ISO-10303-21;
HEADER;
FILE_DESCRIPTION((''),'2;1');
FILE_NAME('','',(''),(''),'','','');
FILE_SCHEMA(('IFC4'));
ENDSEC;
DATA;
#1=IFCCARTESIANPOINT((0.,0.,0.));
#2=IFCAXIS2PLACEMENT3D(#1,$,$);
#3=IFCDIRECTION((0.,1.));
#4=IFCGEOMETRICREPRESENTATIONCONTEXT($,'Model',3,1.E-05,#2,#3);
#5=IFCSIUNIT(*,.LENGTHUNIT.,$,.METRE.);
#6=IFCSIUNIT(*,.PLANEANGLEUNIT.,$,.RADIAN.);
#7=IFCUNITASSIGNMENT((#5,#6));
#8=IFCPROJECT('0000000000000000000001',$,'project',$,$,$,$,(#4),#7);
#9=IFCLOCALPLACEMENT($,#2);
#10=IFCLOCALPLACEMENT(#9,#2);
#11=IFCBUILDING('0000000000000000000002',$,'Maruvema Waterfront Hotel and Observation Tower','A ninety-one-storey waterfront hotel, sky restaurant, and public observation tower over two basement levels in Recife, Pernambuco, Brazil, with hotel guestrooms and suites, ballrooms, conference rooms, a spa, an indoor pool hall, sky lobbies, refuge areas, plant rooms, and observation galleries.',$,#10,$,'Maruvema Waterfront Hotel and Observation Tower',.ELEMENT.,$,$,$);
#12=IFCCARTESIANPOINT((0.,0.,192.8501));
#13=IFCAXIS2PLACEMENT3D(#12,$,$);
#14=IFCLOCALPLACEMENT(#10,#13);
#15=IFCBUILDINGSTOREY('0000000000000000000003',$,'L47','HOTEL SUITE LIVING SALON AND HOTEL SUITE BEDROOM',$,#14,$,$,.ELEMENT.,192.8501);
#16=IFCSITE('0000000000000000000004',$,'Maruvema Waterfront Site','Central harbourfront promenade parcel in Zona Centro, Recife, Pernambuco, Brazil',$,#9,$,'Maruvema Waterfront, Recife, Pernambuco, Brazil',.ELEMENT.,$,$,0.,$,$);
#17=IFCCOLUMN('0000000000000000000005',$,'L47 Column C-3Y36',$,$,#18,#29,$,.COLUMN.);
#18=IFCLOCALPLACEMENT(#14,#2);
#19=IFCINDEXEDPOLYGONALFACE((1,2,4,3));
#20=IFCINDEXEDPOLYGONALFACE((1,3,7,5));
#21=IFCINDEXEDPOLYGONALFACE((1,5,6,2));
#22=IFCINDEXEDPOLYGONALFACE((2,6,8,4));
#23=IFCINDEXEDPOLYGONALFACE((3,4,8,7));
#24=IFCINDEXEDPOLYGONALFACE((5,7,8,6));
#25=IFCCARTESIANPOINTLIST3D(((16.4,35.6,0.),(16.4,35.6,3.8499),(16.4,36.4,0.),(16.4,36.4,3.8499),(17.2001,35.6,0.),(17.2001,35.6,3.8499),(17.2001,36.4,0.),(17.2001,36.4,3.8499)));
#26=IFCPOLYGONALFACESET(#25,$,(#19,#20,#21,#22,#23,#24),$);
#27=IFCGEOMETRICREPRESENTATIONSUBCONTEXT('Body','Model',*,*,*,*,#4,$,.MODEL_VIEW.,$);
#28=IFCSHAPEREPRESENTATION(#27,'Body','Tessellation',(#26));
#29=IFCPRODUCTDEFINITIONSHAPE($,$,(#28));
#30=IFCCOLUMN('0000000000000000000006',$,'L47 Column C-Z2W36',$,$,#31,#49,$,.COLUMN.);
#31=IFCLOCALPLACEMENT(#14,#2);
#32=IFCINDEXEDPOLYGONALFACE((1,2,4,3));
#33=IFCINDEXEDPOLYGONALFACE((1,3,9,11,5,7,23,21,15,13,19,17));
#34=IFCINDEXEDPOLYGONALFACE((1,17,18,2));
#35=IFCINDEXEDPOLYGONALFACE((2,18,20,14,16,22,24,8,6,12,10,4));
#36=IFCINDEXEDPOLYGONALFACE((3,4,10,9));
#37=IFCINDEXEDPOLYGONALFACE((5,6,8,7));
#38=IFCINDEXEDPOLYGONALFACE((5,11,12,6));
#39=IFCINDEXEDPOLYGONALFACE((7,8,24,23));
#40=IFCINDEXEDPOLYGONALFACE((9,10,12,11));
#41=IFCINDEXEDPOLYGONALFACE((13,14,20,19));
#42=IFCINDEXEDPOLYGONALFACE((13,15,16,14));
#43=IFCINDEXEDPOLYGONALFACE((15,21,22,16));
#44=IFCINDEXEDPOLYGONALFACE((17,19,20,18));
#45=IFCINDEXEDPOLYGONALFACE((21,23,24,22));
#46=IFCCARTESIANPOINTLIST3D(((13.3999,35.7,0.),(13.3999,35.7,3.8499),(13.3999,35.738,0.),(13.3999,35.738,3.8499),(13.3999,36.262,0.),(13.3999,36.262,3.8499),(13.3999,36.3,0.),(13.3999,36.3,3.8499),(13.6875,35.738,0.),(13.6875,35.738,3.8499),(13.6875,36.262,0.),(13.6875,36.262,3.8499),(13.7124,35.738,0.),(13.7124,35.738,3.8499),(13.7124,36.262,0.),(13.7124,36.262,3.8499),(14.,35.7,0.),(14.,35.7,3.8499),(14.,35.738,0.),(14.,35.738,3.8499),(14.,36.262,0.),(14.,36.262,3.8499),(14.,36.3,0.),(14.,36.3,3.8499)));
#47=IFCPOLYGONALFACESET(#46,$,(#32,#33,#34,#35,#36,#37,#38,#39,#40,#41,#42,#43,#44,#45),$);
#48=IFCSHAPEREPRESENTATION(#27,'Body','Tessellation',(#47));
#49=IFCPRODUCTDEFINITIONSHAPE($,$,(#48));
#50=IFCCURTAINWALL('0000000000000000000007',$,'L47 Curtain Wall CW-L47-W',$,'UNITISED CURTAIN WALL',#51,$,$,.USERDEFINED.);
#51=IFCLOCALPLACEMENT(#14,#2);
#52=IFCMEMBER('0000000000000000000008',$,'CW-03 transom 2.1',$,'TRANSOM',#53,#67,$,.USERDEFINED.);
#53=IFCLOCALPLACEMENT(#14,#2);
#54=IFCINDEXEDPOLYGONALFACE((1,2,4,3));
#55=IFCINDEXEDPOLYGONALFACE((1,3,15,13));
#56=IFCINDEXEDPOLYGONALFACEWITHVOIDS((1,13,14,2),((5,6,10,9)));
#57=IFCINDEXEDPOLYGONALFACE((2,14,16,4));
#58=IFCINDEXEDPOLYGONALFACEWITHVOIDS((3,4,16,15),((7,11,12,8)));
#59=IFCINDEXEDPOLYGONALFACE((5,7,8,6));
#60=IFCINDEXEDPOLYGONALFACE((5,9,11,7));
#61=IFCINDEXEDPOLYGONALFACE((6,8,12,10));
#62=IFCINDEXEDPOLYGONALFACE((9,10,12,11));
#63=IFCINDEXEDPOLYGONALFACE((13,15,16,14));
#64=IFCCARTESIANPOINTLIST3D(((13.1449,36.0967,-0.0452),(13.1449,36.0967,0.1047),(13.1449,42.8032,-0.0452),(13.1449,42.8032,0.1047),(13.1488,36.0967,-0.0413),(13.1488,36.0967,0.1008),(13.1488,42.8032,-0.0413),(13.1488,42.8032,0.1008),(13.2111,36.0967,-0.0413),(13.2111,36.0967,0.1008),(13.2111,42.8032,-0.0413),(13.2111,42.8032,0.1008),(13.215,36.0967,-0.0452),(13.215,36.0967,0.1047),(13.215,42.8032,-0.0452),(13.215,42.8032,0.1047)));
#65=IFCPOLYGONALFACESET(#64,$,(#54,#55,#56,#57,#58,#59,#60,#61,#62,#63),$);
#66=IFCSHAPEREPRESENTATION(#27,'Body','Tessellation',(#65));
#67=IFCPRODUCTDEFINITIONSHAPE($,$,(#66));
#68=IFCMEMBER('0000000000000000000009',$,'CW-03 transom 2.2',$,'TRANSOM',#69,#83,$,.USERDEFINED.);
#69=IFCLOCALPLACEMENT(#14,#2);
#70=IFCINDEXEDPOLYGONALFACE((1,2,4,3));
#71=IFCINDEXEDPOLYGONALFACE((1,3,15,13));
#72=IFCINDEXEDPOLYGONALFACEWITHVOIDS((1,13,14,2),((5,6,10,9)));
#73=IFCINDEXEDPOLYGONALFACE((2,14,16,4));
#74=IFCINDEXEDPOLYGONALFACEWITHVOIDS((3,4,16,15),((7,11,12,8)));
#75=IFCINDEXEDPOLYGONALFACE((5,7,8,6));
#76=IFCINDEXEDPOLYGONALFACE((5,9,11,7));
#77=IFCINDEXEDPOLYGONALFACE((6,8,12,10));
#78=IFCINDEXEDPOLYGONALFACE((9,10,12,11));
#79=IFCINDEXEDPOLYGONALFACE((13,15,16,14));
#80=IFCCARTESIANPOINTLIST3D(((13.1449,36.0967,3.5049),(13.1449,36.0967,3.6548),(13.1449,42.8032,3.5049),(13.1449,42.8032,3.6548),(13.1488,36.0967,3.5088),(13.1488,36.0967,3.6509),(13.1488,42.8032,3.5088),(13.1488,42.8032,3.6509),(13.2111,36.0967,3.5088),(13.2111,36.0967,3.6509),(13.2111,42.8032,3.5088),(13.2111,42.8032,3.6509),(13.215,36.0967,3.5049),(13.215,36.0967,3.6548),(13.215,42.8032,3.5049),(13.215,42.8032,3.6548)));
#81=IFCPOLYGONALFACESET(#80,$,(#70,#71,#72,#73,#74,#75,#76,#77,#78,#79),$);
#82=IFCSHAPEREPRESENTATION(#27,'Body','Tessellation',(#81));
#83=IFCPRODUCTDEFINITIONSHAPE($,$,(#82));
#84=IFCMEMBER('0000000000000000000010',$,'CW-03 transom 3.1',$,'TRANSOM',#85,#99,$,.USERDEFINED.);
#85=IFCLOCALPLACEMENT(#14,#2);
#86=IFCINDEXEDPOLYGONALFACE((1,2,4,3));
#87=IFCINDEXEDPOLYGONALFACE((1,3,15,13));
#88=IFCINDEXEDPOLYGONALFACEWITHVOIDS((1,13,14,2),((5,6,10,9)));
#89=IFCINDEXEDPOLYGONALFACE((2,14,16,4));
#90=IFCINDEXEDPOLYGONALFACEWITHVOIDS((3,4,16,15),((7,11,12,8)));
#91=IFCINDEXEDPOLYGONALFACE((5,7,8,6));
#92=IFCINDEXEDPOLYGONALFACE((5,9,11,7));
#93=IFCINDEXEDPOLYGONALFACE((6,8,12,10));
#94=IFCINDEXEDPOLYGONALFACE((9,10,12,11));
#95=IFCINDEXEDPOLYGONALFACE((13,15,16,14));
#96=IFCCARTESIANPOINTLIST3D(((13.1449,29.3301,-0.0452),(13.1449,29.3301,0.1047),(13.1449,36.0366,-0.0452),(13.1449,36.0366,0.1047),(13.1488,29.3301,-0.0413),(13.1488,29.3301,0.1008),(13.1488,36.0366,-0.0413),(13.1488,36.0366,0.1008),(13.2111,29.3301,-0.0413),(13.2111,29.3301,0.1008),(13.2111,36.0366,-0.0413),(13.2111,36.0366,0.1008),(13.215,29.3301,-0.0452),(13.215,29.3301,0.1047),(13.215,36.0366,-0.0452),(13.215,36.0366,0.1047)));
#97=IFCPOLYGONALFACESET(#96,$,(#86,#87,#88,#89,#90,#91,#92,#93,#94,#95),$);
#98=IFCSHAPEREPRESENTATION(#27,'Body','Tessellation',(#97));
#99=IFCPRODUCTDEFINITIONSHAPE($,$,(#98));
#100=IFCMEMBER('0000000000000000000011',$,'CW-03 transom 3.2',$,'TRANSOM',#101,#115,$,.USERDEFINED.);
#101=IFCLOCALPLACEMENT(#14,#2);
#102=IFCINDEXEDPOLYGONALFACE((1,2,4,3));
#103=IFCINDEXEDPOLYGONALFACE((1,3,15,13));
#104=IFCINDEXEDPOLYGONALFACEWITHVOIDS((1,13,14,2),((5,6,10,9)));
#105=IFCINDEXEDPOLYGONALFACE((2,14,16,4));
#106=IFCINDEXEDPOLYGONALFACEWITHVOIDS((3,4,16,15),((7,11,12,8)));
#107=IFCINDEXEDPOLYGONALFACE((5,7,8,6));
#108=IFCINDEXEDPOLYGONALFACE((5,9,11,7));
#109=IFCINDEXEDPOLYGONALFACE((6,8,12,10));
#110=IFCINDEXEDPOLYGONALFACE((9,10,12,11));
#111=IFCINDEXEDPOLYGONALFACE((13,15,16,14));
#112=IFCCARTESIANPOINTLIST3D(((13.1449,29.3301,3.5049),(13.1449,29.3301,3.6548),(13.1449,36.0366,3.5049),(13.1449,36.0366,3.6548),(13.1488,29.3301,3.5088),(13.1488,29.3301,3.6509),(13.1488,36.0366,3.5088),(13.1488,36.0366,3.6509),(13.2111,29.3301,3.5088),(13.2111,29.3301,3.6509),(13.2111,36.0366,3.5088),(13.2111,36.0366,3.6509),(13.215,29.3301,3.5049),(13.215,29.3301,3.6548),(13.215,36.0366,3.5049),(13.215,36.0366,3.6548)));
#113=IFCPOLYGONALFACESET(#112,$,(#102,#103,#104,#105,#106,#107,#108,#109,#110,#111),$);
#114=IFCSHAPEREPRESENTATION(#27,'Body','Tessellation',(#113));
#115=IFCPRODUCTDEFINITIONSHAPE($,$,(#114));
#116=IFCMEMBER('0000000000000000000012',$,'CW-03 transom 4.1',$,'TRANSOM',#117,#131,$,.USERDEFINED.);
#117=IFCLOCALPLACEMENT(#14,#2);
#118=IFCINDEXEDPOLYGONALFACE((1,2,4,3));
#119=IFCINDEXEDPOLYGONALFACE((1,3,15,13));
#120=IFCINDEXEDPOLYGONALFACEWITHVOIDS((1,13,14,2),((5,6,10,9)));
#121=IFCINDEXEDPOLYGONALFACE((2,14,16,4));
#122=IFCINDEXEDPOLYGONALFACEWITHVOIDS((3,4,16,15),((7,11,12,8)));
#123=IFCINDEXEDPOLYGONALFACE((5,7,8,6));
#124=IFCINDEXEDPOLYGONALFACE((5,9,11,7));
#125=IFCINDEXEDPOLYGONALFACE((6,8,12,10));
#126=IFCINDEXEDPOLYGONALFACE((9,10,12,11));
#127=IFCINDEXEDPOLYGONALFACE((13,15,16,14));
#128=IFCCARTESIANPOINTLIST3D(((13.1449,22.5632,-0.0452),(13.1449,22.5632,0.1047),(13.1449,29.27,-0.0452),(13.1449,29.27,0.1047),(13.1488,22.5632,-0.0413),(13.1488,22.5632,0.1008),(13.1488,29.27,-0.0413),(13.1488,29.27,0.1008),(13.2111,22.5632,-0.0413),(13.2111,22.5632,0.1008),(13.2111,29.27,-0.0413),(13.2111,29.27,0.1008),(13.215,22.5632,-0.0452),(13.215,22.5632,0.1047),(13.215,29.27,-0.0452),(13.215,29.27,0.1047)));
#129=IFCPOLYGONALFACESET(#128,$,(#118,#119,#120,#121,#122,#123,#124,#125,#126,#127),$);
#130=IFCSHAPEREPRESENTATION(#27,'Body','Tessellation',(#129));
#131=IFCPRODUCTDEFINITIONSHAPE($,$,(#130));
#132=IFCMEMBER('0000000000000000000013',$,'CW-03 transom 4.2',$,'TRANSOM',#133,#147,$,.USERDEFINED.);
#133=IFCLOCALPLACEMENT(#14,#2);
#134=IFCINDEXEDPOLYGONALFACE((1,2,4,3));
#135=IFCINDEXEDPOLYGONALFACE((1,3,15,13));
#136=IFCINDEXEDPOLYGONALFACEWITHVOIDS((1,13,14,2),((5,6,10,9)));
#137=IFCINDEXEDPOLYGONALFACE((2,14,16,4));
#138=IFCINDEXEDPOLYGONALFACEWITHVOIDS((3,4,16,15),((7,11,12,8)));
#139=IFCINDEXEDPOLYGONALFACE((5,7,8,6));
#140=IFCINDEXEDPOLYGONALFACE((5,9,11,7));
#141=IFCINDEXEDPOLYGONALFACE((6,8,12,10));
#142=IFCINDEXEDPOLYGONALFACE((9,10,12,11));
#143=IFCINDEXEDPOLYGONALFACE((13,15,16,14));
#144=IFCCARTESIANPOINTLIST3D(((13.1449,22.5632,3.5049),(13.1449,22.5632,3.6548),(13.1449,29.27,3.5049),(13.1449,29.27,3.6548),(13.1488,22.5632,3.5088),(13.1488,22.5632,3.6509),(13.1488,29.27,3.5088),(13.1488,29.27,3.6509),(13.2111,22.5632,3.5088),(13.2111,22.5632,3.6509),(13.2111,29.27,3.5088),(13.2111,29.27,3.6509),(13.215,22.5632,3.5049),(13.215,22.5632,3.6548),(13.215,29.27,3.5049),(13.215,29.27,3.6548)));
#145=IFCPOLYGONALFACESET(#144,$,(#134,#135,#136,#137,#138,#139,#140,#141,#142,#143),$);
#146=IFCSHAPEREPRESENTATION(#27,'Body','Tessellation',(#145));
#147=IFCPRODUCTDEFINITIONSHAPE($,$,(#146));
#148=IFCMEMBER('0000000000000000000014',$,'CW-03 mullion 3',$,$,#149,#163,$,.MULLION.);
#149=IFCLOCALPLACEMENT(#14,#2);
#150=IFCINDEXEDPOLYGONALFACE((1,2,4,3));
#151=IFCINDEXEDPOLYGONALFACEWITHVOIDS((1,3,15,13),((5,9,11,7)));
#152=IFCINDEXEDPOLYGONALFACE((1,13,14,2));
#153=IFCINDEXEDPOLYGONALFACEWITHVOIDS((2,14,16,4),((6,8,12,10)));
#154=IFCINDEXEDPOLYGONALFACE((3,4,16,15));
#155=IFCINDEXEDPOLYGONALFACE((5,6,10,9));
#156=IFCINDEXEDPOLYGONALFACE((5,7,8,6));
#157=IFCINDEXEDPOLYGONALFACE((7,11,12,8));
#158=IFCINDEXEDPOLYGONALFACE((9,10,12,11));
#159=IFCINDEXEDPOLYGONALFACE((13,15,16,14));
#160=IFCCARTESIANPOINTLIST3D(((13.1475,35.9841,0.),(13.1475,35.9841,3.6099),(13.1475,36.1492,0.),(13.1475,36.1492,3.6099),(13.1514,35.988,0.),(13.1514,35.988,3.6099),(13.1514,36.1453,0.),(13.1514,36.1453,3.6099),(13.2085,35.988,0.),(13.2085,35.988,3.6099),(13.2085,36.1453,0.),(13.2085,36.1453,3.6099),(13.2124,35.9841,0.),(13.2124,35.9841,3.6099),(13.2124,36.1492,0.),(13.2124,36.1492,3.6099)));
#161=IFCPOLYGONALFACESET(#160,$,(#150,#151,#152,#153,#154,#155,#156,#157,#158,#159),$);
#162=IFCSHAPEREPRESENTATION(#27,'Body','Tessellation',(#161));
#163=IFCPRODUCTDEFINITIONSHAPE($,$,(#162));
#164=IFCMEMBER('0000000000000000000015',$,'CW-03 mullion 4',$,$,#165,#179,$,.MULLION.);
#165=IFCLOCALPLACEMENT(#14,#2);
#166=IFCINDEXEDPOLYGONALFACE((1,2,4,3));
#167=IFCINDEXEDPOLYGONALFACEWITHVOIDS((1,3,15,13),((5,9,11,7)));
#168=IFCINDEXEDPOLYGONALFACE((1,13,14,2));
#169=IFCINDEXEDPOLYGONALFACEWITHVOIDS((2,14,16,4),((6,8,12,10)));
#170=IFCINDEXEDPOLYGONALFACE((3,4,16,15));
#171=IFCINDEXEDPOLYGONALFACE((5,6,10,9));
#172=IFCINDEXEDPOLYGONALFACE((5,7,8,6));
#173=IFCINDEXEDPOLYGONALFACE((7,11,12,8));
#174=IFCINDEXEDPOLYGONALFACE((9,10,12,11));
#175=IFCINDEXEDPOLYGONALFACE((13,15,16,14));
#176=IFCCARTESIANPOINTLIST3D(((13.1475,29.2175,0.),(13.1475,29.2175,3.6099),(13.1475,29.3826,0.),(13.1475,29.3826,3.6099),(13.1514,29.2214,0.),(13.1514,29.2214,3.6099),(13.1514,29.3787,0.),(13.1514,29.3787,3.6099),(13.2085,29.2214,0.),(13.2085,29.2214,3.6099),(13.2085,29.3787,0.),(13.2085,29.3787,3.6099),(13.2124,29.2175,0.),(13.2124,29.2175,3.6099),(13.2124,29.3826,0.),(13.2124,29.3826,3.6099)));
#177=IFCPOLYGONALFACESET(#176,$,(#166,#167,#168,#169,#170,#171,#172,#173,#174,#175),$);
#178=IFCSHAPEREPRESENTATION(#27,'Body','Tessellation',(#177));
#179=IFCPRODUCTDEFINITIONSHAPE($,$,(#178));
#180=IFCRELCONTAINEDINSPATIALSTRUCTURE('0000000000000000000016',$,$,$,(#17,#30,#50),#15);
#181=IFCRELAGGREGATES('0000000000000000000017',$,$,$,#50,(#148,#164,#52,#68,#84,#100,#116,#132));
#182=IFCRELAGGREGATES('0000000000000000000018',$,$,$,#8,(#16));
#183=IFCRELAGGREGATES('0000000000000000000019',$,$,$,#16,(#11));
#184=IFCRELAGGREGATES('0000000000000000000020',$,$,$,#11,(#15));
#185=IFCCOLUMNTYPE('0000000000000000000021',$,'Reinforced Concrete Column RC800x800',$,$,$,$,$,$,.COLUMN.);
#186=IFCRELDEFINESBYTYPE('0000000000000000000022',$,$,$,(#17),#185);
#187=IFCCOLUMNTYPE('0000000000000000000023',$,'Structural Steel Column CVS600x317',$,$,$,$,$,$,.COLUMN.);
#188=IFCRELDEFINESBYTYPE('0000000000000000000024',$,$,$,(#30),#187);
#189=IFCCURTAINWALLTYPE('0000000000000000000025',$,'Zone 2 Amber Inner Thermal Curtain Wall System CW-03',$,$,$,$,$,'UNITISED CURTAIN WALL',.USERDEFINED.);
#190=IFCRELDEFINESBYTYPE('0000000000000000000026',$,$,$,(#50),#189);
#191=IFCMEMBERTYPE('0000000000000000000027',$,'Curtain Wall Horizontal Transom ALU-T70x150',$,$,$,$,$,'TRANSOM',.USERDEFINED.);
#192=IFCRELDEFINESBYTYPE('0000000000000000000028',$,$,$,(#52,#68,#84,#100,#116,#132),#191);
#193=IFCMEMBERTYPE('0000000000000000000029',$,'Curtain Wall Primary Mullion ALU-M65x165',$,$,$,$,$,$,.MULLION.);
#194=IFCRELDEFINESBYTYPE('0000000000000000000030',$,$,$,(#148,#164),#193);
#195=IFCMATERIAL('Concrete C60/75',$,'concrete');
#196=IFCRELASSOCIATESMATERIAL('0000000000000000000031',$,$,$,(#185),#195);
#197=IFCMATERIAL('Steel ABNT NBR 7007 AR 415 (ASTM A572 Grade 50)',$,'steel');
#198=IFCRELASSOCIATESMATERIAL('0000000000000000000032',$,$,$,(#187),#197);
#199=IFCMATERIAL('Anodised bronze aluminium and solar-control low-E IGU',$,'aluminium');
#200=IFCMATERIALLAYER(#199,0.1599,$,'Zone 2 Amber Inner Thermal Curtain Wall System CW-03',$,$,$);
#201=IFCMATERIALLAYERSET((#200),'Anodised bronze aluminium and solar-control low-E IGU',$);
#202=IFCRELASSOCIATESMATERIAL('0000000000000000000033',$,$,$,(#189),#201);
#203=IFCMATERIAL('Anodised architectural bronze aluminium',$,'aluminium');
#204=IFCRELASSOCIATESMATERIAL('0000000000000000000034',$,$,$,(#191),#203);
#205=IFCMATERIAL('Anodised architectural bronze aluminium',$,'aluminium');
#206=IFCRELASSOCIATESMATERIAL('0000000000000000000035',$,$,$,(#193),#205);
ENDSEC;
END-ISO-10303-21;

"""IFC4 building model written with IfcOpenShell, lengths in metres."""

from ifc_helpers import new_model, si_unit, direction, frame, origin, origin_2d, place, context, subcontext, project, spatial, rectangle, hollow_rectangle, i_section, extrude, material, layer, layer_set, material_profile, profile_set, type_object, element, aggregate, save


model = new_model("IFC4")

# Units and contexts
model_context = context("Model", 3, precision=1e-05, world=origin(), true_north=direction((0.0, 1.0)))
body_context = subcontext(model_context, "Body", "Model", "MODEL_VIEW")
ifc_project = project(units=[si_unit("LENGTHUNIT", "METRE"), si_unit("PLANEANGLEUNIT", "RADIAN")], contexts=[model_context])

# Site, building, storey
site_placement = place(None, origin())
site = spatial("IfcSite", under=ifc_project, at=site_placement, Name="Maruvema Waterfront Site", Description="Central harbourfront promenade parcel in Zona Centro, Recife, Pernambuco, Brazil", LongName="Maruvema Waterfront, Recife, Pernambuco, Brazil", CompositionType="ELEMENT", RefElevation=0.0)
building_placement = place(site_placement, origin())
building = spatial("IfcBuilding", under=site, at=building_placement, Name="Maruvema Waterfront Hotel and Observation Tower", Description="A ninety-one-storey waterfront hotel, sky restaurant, and public observation tower over two basement levels in Recife, Pernambuco, Brazil, with hotel guestrooms and suites, ballrooms, conference rooms, a spa, an indoor pool hall, sky lobbies, refuge areas, plant rooms, and observation galleries.", LongName="Maruvema Waterfront Hotel and Observation Tower", CompositionType="ELEMENT")
storey_placement = place(building_placement, frame((0.0, 0.0, 192.8501)))
storey = spatial("IfcBuildingStorey", under=building, at=storey_placement, Name="L47", Description="HOTEL SUITE LIVING SALON AND HOTEL SUITE BEDROOM", CompositionType="ELEMENT", Elevation=192.8501)

# Columns
ifc_material_1 = material(Name="Concrete C60/75", Category="concrete")
ifc_material_profile_1 = material_profile(ifc_material_1, rectangle(XDim=0.8, YDim=0.8, at=origin_2d()), Name="RC800x800")
ifc_profile_set_1 = profile_set([ifc_material_profile_1], Name="Concrete C60/75")
column_type_1 = type_object("IfcColumnType", Name="Reinforced Concrete Column RC800x800", PredefinedType="COLUMN", material=ifc_profile_set_1)
column_1_placement = place(storey_placement, frame((16.8, 36.0, 0.0), z_axis=(0.0, 0.0, 1.0), x_axis=(1.0, 0.0, 0.0)))
element("IfcColumn", 1, at=column_1_placement, inside=storey, type_object=column_type_1, Name="L47 Column C-3Y36", PredefinedType="COLUMN", context=body_context, shape_type="SweptSolid", body=[
    extrude(rectangle(XDim=0.8, YDim=0.8, at=origin_2d()), origin(), (0.0, 0.0, 1.0), 3.8499),
])
ifc_material_2 = material(Name="Steel ABNT NBR 7007 AR 415 (ASTM A572 Grade 50)", Category="steel")
ifc_material_profile_2 = material_profile(ifc_material_2, i_section(OverallWidth=0.6001, OverallDepth=0.6001, WebThickness=0.0249, FlangeThickness=0.0381, at=origin_2d()), Name="CVS600x317")
ifc_profile_set_2 = profile_set([ifc_material_profile_2], Name="Steel ABNT NBR 7007 AR 415 (ASTM A572 Grade 50)")
column_type_2 = type_object("IfcColumnType", Name="Structural Steel Column CVS600x317", PredefinedType="COLUMN", material=ifc_profile_set_2)
column_2_placement = place(storey_placement, frame((13.7, 36.0, 0.0), z_axis=(0.0, 0.0, 1.0), x_axis=(1.0, 0.0, 0.0)))
element("IfcColumn", 2, at=column_2_placement, inside=storey, type_object=column_type_2, Name="L47 Column C-Z2W36", PredefinedType="COLUMN", context=body_context, shape_type="SweptSolid", body=[
    extrude(i_section(OverallWidth=0.6001, OverallDepth=0.6001, WebThickness=0.0249, FlangeThickness=0.0381, at=origin_2d()), origin(), (0.0, 0.0, 1.0), 3.8499),
])

# Curtain wall, members
ifc_material_3 = material(Name="Anodised bronze aluminium and solar-control low-E IGU", Category="aluminium")
ifc_layer_1 = layer(ifc_material_3, 0.1599, Name="Zone 2 Amber Inner Thermal Curtain Wall System CW-03")
ifc_layer_set_1 = layer_set([ifc_layer_1], Name="Anodised bronze aluminium and solar-control low-E IGU")
curtain_wall_type = type_object("IfcCurtainWallType", Name="Zone 2 Amber Inner Thermal Curtain Wall System CW-03", ElementType="UNITISED CURTAIN WALL", PredefinedType="USERDEFINED", material=ifc_layer_set_1)
curtain_wall_placement = place(storey_placement, origin())
curtain_wall = element("IfcCurtainWall", 3, at=curtain_wall_placement, inside=storey, type_object=curtain_wall_type, Name="L47 Curtain Wall CW-L47-W", ObjectType="UNITISED CURTAIN WALL", PredefinedType="USERDEFINED")
ifc_material_4 = material(Name="Anodised architectural bronze aluminium", Category="aluminium")
ifc_material_profile_3 = material_profile(ifc_material_4, hollow_rectangle(XDim=0.0701, YDim=0.1499, WallThickness=0.0039, at=origin_2d()), Name="ALU-T70x150")
ifc_profile_set_3 = profile_set([ifc_material_profile_3], Name="Anodised architectural bronze aluminium")
member_type_1 = type_object("IfcMemberType", Name="Curtain Wall Horizontal Transom ALU-T70x150", ElementType="TRANSOM", PredefinedType="USERDEFINED", material=ifc_profile_set_3)
member_1_placement = place(storey_placement, frame((13.1799, 42.8032, 0.0298), z_axis=(0.0, -1.0, 0.0), x_axis=(1.0, 0.0, 0.0)))
member_1 = element("IfcMember", 4, at=member_1_placement, type_object=member_type_1, Name="CW-03 transom 2.1", ObjectType="TRANSOM", PredefinedType="USERDEFINED", context=body_context, shape_type="SweptSolid", body=[
    extrude(hollow_rectangle(XDim=0.0701, YDim=0.1499, WallThickness=0.0039, at=origin_2d()), origin(), (0.0, 0.0, 1.0), 6.7065),
])
member_2_placement = place(storey_placement, frame((13.1799, 42.8032, 3.5798), z_axis=(0.0, -1.0, 0.0), x_axis=(1.0, 0.0, 0.0)))
member_2 = element("IfcMember", 5, at=member_2_placement, type_object=member_type_1, Name="CW-03 transom 2.2", ObjectType="TRANSOM", PredefinedType="USERDEFINED", context=body_context, shape_type="SweptSolid", body=[
    extrude(hollow_rectangle(XDim=0.0701, YDim=0.1499, WallThickness=0.0039, at=origin_2d()), origin(), (0.0, 0.0, 1.0), 6.7065),
])
member_3_placement = place(storey_placement, frame((13.1799, 36.0366, 0.0298), z_axis=(0.0, -1.0, 0.0), x_axis=(1.0, 0.0, 0.0)))
member_3 = element("IfcMember", 6, at=member_3_placement, type_object=member_type_1, Name="CW-03 transom 3.1", ObjectType="TRANSOM", PredefinedType="USERDEFINED", context=body_context, shape_type="SweptSolid", body=[
    extrude(hollow_rectangle(XDim=0.0701, YDim=0.1499, WallThickness=0.0039, at=origin_2d()), origin(), (0.0, 0.0, 1.0), 6.7065),
])
member_4_placement = place(storey_placement, frame((13.1799, 36.0366, 3.5798), z_axis=(0.0, -1.0, 0.0), x_axis=(1.0, 0.0, 0.0)))
member_4 = element("IfcMember", 7, at=member_4_placement, type_object=member_type_1, Name="CW-03 transom 3.2", ObjectType="TRANSOM", PredefinedType="USERDEFINED", context=body_context, shape_type="SweptSolid", body=[
    extrude(hollow_rectangle(XDim=0.0701, YDim=0.1499, WallThickness=0.0039, at=origin_2d()), origin(), (0.0, 0.0, 1.0), 6.7065),
])
member_5_placement = place(storey_placement, frame((13.1799, 29.27, 0.0298), z_axis=(0.0, -1.0, 0.0), x_axis=(1.0, 0.0, 0.0)))
member_5 = element("IfcMember", 8, at=member_5_placement, type_object=member_type_1, Name="CW-03 transom 4.1", ObjectType="TRANSOM", PredefinedType="USERDEFINED", context=body_context, shape_type="SweptSolid", body=[
    extrude(hollow_rectangle(XDim=0.0701, YDim=0.1499, WallThickness=0.0039, at=origin_2d()), origin(), (0.0, 0.0, 1.0), 6.7068),
])
member_6_placement = place(storey_placement, frame((13.1799, 29.27, 3.5798), z_axis=(0.0, -1.0, 0.0), x_axis=(1.0, 0.0, 0.0)))
member_6 = element("IfcMember", 9, at=member_6_placement, type_object=member_type_1, Name="CW-03 transom 4.2", ObjectType="TRANSOM", PredefinedType="USERDEFINED", context=body_context, shape_type="SweptSolid", body=[
    extrude(hollow_rectangle(XDim=0.0701, YDim=0.1499, WallThickness=0.0039, at=origin_2d()), origin(), (0.0, 0.0, 1.0), 6.7068),
])
ifc_material_5 = material(Name="Anodised architectural bronze aluminium", Category="aluminium")
ifc_material_profile_4 = material_profile(ifc_material_5, hollow_rectangle(XDim=0.0649, YDim=0.165, WallThickness=0.0039, at=origin_2d()), Name="ALU-M65x165")
ifc_profile_set_4 = profile_set([ifc_material_profile_4], Name="Anodised architectural bronze aluminium")
member_type_2 = type_object("IfcMemberType", Name="Curtain Wall Primary Mullion ALU-M65x165", PredefinedType="MULLION", material=ifc_profile_set_4)
member_7_placement = place(storey_placement, frame((13.1799, 36.0667, 0.0), z_axis=(0.0, 0.0, 1.0), x_axis=(1.0, 0.0, 0.0)))
member_7 = element("IfcMember", 10, at=member_7_placement, type_object=member_type_2, Name="CW-03 mullion 3", PredefinedType="MULLION", context=body_context, shape_type="SweptSolid", body=[
    extrude(hollow_rectangle(XDim=0.0649, YDim=0.165, WallThickness=0.0039, at=origin_2d()), origin(), (0.0, 0.0, 1.0), 3.6099),
])
member_8_placement = place(storey_placement, frame((13.1799, 29.3, 0.0), z_axis=(0.0, 0.0, 1.0), x_axis=(1.0, 0.0, 0.0)))
member_8 = element("IfcMember", 11, at=member_8_placement, type_object=member_type_2, Name="CW-03 mullion 4", PredefinedType="MULLION", context=body_context, shape_type="SweptSolid", body=[
    extrude(hollow_rectangle(XDim=0.0649, YDim=0.165, WallThickness=0.0039, at=origin_2d()), origin(), (0.0, 0.0, 1.0), 3.6099),
])

aggregate(curtain_wall, [member_7, member_8, member_1, member_2, member_3, member_4, member_5, member_6])

save(model, "model.ifc")
